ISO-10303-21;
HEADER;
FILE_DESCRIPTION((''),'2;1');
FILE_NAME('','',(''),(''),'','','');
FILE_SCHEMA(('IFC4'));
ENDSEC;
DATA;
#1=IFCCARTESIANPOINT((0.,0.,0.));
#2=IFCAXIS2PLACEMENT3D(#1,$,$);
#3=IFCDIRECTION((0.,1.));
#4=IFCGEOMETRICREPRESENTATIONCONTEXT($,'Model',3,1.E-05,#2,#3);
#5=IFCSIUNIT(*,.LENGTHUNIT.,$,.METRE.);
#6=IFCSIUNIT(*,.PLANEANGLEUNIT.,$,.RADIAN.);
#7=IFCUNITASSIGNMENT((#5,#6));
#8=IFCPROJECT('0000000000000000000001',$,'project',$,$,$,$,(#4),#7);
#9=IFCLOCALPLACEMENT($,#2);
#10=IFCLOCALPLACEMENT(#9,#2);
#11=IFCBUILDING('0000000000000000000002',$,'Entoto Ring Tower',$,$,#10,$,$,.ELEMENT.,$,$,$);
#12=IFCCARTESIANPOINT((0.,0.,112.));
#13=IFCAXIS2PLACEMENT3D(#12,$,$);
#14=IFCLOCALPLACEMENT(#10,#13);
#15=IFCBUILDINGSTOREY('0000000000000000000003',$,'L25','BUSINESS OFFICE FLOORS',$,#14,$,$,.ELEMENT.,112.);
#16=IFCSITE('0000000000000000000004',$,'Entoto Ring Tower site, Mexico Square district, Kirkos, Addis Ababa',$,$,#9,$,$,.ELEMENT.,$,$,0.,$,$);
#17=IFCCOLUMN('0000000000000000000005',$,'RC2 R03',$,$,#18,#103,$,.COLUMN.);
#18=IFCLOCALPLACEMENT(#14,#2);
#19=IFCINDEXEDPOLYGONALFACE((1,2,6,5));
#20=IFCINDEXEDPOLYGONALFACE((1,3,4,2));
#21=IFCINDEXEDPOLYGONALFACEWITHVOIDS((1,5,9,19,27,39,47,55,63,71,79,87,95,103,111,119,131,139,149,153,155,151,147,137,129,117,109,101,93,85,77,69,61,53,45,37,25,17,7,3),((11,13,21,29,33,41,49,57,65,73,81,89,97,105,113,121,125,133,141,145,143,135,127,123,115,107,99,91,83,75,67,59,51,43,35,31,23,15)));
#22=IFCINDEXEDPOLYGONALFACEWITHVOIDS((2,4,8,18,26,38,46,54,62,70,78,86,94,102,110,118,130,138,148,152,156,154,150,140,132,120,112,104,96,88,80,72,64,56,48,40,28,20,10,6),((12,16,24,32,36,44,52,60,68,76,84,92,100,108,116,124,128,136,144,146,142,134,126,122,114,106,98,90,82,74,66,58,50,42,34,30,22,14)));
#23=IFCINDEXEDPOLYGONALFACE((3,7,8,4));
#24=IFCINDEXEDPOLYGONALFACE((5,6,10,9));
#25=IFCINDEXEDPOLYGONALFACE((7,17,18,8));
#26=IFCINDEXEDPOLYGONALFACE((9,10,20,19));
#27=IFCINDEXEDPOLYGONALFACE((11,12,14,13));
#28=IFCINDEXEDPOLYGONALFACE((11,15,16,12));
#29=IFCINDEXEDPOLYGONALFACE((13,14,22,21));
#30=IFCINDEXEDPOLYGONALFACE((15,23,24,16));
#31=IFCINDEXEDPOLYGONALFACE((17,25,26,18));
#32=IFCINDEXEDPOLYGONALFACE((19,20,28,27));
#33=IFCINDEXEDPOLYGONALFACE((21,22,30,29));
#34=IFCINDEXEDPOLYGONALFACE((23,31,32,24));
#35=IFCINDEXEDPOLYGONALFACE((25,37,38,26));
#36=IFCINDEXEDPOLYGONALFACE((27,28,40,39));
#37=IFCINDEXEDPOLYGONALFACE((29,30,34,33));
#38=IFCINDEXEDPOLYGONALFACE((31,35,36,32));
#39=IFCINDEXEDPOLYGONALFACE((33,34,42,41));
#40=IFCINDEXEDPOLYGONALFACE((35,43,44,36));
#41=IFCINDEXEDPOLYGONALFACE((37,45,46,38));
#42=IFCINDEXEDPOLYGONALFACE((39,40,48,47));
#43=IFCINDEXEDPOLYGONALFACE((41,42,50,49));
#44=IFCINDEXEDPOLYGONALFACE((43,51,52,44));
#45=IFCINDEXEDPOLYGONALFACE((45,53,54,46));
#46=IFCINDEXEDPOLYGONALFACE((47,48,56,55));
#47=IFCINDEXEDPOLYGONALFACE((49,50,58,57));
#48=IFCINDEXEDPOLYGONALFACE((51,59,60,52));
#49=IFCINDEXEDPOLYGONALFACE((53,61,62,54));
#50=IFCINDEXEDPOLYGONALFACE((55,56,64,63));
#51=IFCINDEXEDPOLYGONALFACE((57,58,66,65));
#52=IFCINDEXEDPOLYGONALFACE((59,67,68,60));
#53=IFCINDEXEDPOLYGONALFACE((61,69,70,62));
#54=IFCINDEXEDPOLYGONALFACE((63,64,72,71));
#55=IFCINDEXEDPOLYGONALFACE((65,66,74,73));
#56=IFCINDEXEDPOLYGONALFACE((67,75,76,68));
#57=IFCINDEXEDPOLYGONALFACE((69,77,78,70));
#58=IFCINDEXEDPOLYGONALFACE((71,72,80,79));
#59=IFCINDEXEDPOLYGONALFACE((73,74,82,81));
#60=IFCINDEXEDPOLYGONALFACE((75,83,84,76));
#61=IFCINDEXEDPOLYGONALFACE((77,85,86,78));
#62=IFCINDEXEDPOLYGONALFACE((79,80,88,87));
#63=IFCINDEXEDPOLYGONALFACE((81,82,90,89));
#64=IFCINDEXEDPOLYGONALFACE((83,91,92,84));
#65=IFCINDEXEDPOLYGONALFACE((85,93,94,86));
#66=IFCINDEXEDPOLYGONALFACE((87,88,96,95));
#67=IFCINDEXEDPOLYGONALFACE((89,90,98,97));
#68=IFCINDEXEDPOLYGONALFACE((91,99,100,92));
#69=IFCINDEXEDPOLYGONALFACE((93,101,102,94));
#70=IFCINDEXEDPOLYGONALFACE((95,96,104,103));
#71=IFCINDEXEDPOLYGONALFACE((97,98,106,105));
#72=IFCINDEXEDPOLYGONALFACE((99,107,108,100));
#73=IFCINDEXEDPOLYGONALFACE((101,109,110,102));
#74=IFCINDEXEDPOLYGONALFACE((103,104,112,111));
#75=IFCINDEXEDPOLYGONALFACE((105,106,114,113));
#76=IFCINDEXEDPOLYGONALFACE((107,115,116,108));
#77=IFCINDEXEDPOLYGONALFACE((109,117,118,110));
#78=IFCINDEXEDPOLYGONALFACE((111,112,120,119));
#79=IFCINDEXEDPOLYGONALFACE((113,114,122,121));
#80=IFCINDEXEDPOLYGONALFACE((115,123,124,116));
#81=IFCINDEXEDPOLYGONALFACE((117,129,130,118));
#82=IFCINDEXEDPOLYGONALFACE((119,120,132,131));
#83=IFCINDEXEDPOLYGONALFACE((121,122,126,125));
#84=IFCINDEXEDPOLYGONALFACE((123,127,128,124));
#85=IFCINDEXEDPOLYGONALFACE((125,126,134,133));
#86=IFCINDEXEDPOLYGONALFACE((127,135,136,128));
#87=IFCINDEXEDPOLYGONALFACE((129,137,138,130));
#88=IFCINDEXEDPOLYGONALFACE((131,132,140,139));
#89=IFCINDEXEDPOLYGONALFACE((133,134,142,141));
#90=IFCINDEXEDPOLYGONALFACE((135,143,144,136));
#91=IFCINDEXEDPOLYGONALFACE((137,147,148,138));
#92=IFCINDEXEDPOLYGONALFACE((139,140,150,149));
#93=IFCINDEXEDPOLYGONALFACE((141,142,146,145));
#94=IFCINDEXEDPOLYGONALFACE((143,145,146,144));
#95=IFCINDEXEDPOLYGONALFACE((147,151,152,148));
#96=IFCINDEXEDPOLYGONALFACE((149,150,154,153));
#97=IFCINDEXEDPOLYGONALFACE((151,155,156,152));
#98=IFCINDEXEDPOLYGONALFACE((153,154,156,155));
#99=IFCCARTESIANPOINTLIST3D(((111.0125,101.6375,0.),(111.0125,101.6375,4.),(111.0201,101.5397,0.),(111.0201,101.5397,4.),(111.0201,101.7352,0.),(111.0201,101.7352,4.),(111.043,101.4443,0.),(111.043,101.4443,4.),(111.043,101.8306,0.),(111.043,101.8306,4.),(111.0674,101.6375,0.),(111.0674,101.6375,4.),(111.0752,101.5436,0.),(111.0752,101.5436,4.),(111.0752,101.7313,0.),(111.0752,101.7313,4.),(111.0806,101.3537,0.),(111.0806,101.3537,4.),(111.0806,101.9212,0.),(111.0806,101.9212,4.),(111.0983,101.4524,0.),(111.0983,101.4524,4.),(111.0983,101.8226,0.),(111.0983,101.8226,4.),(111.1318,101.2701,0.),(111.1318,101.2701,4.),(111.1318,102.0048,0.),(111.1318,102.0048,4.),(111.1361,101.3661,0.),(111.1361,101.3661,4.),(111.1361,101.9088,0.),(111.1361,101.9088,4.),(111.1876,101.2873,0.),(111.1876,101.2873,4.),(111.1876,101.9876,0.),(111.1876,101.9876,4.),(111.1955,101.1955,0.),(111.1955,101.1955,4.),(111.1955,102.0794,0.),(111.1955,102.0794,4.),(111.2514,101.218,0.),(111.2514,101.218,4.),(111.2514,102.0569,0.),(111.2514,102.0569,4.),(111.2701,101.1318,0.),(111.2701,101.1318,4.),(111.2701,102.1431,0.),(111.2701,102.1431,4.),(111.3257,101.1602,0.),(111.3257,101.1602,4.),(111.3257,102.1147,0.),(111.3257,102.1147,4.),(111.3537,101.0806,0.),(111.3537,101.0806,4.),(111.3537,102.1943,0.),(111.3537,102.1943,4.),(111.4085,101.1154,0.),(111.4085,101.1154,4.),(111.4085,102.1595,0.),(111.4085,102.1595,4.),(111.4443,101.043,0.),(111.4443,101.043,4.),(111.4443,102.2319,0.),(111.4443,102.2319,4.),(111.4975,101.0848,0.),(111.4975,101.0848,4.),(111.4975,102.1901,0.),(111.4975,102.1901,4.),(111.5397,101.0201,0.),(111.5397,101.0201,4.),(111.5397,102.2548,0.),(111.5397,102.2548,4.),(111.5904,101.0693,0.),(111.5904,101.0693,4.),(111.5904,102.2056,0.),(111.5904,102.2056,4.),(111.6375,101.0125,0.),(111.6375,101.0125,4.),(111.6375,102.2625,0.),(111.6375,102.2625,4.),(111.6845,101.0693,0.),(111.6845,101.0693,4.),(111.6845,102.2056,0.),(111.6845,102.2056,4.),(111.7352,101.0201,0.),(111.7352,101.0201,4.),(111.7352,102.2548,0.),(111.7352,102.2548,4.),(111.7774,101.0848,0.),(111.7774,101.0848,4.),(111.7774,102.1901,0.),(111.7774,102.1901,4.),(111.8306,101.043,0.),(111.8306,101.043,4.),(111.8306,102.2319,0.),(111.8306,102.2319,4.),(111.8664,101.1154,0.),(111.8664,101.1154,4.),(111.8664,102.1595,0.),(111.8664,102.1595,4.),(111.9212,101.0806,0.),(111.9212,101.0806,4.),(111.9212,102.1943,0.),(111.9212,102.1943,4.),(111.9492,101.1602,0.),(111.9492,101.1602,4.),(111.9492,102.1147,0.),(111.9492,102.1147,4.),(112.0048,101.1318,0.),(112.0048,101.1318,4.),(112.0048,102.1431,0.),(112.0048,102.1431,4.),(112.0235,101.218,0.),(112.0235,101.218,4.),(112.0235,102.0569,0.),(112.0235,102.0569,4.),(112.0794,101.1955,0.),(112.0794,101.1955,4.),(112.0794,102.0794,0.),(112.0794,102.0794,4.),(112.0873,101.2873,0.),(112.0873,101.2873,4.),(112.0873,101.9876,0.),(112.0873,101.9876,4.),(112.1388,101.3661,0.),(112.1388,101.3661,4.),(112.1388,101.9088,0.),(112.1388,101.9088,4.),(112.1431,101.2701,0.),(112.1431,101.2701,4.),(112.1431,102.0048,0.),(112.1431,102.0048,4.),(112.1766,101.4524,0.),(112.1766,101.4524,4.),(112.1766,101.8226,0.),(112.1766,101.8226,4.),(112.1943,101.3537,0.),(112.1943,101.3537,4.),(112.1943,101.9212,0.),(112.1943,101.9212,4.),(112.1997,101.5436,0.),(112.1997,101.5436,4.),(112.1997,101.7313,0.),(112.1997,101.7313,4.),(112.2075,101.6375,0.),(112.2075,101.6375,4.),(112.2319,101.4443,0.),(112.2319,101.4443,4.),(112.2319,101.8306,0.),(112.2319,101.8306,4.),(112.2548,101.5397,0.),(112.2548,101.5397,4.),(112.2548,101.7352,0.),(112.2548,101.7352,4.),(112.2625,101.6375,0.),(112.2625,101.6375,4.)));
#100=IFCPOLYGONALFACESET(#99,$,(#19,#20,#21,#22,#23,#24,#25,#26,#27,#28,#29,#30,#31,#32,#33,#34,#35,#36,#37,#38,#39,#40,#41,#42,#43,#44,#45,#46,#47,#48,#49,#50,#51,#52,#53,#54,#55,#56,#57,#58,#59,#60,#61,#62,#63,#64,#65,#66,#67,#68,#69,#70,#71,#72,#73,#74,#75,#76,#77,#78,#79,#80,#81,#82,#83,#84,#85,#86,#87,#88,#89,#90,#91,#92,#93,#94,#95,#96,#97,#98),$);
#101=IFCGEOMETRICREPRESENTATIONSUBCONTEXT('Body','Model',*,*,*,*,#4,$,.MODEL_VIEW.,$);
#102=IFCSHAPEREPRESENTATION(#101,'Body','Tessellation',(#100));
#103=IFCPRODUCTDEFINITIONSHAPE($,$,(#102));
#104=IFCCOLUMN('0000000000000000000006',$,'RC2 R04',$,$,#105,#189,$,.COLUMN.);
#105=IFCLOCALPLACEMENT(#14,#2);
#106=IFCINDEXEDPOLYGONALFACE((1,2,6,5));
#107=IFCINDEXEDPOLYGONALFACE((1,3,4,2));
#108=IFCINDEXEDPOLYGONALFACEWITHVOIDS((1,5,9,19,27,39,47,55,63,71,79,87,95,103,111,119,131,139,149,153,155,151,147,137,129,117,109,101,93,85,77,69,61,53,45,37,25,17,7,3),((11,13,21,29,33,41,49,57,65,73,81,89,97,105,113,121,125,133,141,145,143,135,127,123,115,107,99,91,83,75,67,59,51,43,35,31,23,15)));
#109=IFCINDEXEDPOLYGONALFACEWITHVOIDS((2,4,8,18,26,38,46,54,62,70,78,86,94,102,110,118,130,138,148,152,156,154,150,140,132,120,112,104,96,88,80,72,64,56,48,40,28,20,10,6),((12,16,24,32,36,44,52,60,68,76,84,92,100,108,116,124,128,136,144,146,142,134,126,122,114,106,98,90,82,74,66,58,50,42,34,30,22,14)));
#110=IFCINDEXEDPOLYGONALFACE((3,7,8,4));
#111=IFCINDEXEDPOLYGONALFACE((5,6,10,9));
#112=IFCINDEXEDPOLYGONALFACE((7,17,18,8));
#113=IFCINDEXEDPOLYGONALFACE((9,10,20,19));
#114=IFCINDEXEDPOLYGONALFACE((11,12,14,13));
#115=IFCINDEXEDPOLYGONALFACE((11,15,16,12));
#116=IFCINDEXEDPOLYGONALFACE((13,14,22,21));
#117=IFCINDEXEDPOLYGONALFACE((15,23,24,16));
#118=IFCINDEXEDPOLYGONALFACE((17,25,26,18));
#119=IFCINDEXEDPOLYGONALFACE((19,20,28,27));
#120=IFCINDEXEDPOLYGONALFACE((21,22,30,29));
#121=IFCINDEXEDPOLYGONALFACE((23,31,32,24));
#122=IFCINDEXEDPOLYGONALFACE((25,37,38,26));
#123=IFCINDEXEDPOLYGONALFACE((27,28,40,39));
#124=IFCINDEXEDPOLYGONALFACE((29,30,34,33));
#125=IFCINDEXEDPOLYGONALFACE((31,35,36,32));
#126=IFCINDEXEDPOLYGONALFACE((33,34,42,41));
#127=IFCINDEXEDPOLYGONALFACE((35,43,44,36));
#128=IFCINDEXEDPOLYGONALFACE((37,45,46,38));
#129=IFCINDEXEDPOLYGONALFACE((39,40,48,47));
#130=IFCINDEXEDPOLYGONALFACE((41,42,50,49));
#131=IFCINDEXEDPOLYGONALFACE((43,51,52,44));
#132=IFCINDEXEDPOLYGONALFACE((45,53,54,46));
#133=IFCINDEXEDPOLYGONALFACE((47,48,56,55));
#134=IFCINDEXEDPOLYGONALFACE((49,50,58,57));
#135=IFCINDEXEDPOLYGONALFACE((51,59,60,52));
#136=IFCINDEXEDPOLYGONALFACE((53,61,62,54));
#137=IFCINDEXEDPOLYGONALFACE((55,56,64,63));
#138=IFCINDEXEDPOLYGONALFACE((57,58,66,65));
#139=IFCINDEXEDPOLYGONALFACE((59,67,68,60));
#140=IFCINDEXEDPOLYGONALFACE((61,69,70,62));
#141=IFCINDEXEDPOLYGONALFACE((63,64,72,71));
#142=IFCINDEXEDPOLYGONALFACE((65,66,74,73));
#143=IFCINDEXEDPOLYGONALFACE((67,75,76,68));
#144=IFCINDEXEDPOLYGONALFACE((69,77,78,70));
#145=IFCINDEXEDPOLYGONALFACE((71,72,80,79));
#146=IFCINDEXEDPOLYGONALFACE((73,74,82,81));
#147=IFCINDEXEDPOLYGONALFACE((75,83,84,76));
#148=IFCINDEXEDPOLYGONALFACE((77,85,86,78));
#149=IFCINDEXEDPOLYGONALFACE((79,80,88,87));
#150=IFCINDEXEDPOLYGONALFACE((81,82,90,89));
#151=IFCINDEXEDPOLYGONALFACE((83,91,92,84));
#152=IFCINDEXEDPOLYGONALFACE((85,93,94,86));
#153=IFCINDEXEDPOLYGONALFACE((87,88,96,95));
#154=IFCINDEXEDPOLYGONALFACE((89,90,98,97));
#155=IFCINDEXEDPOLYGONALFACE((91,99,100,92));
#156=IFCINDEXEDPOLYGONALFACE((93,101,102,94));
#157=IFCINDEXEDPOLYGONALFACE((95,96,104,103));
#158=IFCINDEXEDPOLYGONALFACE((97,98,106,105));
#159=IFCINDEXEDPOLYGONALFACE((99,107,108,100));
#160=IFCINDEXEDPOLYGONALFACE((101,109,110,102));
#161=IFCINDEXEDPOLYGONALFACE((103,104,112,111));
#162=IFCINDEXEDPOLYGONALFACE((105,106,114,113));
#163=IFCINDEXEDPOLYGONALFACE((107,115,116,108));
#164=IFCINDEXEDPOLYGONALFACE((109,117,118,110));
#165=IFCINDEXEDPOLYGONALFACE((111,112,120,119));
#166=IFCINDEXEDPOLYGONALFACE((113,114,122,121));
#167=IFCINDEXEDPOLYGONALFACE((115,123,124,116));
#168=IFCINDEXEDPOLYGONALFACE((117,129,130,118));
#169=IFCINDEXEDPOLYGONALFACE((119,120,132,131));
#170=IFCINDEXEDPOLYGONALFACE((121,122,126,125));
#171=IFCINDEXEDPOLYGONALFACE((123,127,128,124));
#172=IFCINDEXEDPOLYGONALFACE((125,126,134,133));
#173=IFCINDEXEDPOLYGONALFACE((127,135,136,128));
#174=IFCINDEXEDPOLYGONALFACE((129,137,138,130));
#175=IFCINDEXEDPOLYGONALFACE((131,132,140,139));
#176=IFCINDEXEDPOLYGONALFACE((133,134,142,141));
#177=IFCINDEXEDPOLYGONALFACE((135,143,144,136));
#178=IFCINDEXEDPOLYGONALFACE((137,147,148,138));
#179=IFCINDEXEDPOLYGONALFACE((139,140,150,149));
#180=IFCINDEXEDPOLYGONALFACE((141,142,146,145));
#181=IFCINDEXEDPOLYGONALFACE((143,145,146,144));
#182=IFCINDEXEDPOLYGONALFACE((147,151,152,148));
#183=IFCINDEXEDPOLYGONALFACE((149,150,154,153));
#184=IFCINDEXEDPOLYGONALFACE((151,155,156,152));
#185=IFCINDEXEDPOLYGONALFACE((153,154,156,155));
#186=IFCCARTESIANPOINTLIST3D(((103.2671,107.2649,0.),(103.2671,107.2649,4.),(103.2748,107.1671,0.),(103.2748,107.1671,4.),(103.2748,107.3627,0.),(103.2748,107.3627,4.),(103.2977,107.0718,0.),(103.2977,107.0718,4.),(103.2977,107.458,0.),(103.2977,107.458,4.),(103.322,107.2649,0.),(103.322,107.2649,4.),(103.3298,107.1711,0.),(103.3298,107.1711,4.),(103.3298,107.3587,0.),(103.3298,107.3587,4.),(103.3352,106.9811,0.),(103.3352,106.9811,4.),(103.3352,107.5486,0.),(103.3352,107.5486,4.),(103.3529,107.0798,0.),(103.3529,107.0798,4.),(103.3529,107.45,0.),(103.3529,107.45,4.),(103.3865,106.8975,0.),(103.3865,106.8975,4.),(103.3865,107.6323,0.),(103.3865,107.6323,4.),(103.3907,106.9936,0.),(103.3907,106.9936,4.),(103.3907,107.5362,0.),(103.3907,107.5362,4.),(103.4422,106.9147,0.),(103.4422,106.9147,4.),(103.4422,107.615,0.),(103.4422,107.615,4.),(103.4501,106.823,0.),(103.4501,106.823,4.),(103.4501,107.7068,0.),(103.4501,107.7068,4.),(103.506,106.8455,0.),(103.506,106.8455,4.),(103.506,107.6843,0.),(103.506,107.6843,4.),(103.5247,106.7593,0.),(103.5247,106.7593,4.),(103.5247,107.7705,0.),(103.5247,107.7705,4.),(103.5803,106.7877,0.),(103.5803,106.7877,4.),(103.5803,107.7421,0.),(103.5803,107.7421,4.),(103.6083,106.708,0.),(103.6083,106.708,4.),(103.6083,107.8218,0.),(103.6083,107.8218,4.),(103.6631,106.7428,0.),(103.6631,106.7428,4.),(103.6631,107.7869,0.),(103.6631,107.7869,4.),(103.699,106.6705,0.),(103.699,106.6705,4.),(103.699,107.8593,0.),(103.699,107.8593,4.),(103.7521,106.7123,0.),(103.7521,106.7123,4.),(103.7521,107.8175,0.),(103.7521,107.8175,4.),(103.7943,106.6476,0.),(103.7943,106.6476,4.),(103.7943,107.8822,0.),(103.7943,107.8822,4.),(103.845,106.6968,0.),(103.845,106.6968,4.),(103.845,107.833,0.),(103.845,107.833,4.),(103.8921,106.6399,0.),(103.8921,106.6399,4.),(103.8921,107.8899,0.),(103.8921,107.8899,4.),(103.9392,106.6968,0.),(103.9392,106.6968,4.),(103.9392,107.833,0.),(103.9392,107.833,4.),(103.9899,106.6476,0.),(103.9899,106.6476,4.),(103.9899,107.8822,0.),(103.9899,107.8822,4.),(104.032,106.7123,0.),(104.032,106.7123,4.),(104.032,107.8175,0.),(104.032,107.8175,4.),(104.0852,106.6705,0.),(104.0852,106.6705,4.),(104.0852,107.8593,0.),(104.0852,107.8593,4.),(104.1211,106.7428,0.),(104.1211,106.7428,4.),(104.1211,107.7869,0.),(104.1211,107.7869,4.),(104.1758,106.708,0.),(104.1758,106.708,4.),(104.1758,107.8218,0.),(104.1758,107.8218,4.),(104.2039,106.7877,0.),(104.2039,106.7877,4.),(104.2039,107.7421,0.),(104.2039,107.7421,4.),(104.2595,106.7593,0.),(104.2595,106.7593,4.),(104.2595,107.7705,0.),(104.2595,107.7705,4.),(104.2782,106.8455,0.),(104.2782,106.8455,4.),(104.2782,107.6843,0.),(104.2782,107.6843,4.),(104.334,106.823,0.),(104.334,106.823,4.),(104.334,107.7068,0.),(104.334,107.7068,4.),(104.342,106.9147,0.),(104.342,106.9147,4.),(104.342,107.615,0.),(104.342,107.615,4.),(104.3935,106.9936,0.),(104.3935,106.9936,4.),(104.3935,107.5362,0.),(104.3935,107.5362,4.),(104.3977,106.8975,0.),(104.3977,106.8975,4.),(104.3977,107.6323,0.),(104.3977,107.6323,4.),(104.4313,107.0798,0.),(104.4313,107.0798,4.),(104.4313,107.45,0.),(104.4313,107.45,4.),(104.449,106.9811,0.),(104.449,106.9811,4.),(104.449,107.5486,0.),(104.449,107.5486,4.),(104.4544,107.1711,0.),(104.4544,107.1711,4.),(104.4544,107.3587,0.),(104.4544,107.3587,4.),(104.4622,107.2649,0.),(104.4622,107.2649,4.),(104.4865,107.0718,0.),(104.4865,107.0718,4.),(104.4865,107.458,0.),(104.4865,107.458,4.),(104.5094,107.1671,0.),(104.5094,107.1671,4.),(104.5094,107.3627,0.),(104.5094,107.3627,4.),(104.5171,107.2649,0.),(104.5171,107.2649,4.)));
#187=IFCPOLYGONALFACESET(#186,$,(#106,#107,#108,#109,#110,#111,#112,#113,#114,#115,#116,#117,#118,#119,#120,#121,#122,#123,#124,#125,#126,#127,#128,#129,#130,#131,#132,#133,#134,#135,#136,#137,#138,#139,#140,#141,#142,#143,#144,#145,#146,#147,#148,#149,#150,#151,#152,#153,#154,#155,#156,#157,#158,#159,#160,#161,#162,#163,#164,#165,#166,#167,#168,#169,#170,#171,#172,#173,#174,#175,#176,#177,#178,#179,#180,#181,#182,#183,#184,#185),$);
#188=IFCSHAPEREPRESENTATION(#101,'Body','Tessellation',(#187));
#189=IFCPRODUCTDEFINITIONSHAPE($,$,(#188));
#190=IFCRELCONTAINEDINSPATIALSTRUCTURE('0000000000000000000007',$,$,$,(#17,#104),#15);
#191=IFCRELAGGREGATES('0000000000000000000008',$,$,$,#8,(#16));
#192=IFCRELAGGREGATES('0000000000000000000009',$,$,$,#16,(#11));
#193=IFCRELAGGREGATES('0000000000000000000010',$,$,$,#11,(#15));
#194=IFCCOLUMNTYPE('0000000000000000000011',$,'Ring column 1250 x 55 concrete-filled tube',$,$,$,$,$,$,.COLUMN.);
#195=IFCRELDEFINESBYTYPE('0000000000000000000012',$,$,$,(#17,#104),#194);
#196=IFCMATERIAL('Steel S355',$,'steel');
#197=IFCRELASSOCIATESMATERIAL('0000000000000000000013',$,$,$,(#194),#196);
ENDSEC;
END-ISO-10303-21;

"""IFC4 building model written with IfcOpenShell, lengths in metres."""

from ifc_helpers import new_model, si_unit, direction, frame, origin, origin_2d, place, context, subcontext, project, spatial, circle, hollow_circle, extrude, material, material_profile, profile_set, type_object, element, save


model = new_model("IFC4")

# Units and contexts
model_context = context("Model", 3, precision=1e-05, world=origin(), true_north=direction((0.0, 1.0)))
body_context = subcontext(model_context, "Body", "Model", "MODEL_VIEW")
ifc_project = project(units=[si_unit("LENGTHUNIT", "METRE"), si_unit("PLANEANGLEUNIT", "RADIAN")], contexts=[model_context])

# Site, building, storey
site_placement = place(None, origin())
site = spatial("IfcSite", under=ifc_project, at=site_placement, Name="Entoto Ring Tower site, Mexico Square district, Kirkos, Addis Ababa", CompositionType="ELEMENT", RefElevation=0.0)
building_placement = place(site_placement, origin())
building = spatial("IfcBuilding", under=site, at=building_placement, Name="Entoto Ring Tower", CompositionType="ELEMENT")
storey_placement = place(building_placement, frame((0.0, 0.0, 112.0)))
storey = spatial("IfcBuildingStorey", under=building, at=storey_placement, Name="L25", Description="BUSINESS OFFICE FLOORS", CompositionType="ELEMENT", Elevation=112.0)

# Columns
ifc_material_1 = material(Name="Steel S355", Category="steel")
ifc_material_profile_1 = material_profile(ifc_material_1, hollow_circle(Radius=0.625, WallThickness=0.0549, at=origin_2d()), Name="CHS 1250 x 55")
ifc_material_2 = material(Name="Concrete C60/75", Category="concrete")
ifc_material_profile_2 = material_profile(ifc_material_2, circle(Radius=0.5701, at=origin_2d()), Name="Concrete C60/75 infill")
ifc_profile_set_1 = profile_set([ifc_material_profile_1, ifc_material_profile_2], Name="Steel S355")
column_type = type_object("IfcColumnType", Name="Ring column 1250 x 55 concrete-filled tube", PredefinedType="COLUMN", material=ifc_profile_set_1)
for number, where, z_axis, x_axis, name in (
    (1, (111.6375, 101.6375, 0.0), (0.0, 0.0, 1.0), (1.0, 0.0, 0.0), "RC2 R03"),
    (2, (103.8921, 107.2649, 0.0), (0.0, 0.0, 1.0), (1.0, 0.0, 0.0), "RC2 R04"),
):
    element("IfcColumn", number, at=place(storey_placement, frame(where, z_axis=z_axis, x_axis=x_axis)), inside=storey, type_object=column_type, Name=name, PredefinedType="COLUMN", context=body_context, shape_type="SweptSolid", body=[
        extrude(hollow_circle(Radius=0.625, WallThickness=0.0549, at=origin_2d()), origin(), (0.0, 0.0, 1.0), 4.0),
    ])

save(model, "model.ifc")
